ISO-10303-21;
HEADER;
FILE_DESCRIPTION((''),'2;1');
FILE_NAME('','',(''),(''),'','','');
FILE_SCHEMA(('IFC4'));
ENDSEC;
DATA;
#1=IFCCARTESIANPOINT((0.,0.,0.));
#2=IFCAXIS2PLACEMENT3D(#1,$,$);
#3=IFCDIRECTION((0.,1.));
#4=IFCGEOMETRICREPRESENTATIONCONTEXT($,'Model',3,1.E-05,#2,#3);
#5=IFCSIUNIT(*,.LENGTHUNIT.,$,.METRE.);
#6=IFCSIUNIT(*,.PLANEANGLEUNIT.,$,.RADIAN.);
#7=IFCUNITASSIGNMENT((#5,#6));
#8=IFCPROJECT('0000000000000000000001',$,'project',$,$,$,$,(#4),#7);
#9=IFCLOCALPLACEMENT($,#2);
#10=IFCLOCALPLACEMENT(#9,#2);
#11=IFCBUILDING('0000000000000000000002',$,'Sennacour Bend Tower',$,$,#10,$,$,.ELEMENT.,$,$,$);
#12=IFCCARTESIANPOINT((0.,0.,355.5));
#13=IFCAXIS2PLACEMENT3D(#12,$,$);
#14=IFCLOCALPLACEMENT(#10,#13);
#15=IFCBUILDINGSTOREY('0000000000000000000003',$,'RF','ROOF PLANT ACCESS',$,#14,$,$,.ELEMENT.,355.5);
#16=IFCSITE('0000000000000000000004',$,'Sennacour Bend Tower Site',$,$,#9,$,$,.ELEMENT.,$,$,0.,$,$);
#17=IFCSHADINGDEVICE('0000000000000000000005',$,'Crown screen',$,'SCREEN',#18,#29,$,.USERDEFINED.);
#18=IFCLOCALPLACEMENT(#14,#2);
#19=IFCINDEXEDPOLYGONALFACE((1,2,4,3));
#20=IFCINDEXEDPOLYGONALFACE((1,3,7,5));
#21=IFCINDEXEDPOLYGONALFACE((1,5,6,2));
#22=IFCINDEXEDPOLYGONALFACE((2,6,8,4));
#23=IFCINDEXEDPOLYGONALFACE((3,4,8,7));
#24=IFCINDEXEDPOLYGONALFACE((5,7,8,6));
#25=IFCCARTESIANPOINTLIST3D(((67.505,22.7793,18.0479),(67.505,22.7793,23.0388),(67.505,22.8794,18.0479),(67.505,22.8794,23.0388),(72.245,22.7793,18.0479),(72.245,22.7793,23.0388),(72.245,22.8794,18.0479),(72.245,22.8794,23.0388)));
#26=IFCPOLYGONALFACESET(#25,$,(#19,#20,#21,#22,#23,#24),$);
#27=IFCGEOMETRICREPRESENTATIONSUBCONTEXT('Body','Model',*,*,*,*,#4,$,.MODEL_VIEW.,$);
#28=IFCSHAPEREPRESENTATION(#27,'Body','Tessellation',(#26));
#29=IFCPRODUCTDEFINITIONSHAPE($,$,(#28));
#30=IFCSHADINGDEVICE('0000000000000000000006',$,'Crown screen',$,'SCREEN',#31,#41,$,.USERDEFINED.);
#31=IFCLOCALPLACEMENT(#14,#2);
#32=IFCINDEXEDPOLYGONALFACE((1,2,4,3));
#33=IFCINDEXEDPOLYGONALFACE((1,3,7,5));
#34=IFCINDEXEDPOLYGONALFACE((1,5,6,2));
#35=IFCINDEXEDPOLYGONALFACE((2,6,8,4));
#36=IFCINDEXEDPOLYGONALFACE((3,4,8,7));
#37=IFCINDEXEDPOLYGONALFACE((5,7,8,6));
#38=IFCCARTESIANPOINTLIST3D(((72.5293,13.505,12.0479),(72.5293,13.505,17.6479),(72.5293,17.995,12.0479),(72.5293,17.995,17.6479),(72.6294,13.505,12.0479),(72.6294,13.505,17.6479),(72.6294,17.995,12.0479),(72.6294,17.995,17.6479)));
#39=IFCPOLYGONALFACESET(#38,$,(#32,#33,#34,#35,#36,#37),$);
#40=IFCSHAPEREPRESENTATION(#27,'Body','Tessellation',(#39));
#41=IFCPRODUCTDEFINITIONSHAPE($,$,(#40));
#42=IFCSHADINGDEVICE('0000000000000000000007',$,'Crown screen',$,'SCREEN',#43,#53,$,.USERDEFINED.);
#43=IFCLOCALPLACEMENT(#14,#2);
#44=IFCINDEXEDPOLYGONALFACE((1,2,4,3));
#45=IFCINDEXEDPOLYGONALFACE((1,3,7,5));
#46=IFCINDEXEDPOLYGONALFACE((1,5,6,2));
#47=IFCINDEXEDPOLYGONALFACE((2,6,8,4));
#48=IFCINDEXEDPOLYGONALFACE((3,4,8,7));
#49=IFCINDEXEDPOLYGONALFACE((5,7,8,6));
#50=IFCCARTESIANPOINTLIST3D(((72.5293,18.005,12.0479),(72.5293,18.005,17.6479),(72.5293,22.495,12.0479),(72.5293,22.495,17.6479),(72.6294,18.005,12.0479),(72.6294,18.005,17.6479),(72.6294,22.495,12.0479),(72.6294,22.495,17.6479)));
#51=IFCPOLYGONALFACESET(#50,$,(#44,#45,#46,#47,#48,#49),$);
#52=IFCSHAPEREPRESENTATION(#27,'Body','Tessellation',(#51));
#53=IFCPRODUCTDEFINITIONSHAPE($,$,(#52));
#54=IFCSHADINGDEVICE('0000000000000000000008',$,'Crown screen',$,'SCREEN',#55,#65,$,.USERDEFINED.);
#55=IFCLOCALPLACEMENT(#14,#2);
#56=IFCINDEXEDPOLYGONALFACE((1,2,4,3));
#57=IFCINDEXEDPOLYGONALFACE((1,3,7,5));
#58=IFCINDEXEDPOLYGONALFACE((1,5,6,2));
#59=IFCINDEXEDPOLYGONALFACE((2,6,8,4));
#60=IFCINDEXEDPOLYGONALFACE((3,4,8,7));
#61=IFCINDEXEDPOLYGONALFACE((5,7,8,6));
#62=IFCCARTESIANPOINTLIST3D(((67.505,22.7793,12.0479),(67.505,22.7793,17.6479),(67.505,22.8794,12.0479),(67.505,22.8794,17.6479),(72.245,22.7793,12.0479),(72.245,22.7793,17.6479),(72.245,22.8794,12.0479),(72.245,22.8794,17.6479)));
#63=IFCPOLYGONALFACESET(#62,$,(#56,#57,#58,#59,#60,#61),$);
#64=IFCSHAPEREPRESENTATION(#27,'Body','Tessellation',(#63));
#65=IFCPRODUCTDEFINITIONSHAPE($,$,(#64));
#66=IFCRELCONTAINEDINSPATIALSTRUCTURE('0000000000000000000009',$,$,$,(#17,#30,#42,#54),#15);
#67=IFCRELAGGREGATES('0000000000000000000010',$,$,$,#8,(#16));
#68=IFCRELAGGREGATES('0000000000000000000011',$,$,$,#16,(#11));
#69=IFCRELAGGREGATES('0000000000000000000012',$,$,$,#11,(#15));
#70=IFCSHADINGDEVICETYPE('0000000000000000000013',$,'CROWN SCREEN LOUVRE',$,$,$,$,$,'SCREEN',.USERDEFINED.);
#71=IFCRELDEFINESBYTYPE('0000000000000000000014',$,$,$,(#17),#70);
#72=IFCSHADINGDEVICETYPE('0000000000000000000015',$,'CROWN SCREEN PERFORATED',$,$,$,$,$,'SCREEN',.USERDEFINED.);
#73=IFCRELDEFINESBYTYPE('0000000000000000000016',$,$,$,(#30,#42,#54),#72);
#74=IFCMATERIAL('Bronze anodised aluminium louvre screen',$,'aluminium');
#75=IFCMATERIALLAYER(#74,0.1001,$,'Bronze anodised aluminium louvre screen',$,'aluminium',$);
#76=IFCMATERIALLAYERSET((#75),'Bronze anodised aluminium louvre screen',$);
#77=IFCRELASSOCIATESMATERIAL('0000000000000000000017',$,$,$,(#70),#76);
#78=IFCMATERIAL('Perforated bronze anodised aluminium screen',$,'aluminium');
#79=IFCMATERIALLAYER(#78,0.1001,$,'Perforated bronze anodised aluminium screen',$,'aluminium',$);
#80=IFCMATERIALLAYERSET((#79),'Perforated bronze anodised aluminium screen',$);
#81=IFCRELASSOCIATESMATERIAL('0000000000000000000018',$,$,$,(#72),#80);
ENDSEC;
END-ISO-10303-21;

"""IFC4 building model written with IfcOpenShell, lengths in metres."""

from ifc_helpers import new_model, si_unit, direction, frame, origin, origin_2d, place, context, subcontext, project, spatial, rectangle, extrude, material, layer, layer_set, type_object, element, save


model = new_model("IFC4")

# Units and contexts
model_context = context("Model", 3, precision=1e-05, world=origin(), true_north=direction((0.0, 1.0)))
body_context = subcontext(model_context, "Body", "Model", "MODEL_VIEW")
ifc_project = project(units=[si_unit("LENGTHUNIT", "METRE"), si_unit("PLANEANGLEUNIT", "RADIAN")], contexts=[model_context])

# Site, building, storey
site_placement = place(None, origin())
site = spatial("IfcSite", under=ifc_project, at=site_placement, Name="Sennacour Bend Tower Site", CompositionType="ELEMENT", RefElevation=0.0)
building_placement = place(site_placement, origin())
building = spatial("IfcBuilding", under=site, at=building_placement, Name="Sennacour Bend Tower", CompositionType="ELEMENT")
storey_placement = place(building_placement, frame((0.0, 0.0, 355.5)))
storey = spatial("IfcBuildingStorey", under=building, at=storey_placement, Name="RF", Description="ROOF PLANT ACCESS", CompositionType="ELEMENT", Elevation=355.5)

# Shading devices
ifc_material_1 = material(Name="Bronze anodised aluminium louvre screen", Category="aluminium")
ifc_layer_1 = layer(ifc_material_1, 0.1001, Name="Bronze anodised aluminium louvre screen", Category="aluminium")
ifc_layer_set_1 = layer_set([ifc_layer_1], Name="Bronze anodised aluminium louvre screen")
shading_device_type_1 = type_object("IfcShadingDeviceType", Name="CROWN SCREEN LOUVRE", ElementType="SCREEN", PredefinedType="USERDEFINED", material=ifc_layer_set_1)
shading_device_1_placement = place(storey_placement, frame((69.875, 22.8293, 18.0479), z_axis=(0.0, 0.0, 1.0), x_axis=(1.0, 0.0, 0.0)))
element("IfcShadingDevice", 1, at=shading_device_1_placement, inside=storey, type_object=shading_device_type_1, Name="Crown screen", ObjectType="SCREEN", PredefinedType="USERDEFINED", context=body_context, shape_type="SweptSolid", body=[
    extrude(rectangle(XDim=4.74, YDim=0.1001, at=origin_2d()), origin(), (0.0, 0.0, 1.0), 4.991),
])
ifc_material_2 = material(Name="Perforated bronze anodised aluminium screen", Category="aluminium")
ifc_layer_2 = layer(ifc_material_2, 0.1001, Name="Perforated bronze anodised aluminium screen", Category="aluminium")
ifc_layer_set_2 = layer_set([ifc_layer_2], Name="Perforated bronze anodised aluminium screen")
shading_device_type_2 = type_object("IfcShadingDeviceType", Name="CROWN SCREEN PERFORATED", ElementType="SCREEN", PredefinedType="USERDEFINED", material=ifc_layer_set_2)
for number, where, z_axis, x_axis, name in (
    (2, (72.5793, 15.75, 12.0479), (0.0, 0.0, 1.0), (0.0, 1.0, 0.0), "Crown screen"),
    (3, (72.5793, 20.25, 12.0479), (0.0, 0.0, 1.0), (0.0, 1.0, 0.0), "Crown screen"),
):
    element("IfcShadingDevice", number, at=place(storey_placement, frame(where, z_axis=z_axis, x_axis=x_axis)), inside=storey, type_object=shading_device_type_2, Name=name, ObjectType="SCREEN", PredefinedType="USERDEFINED", context=body_context, shape_type="SweptSolid", body=[
        extrude(rectangle(XDim=4.49, YDim=0.1001, at=origin_2d()), origin(), (0.0, 0.0, 1.0), 5.6001),
    ])
shading_device_2_placement = place(storey_placement, frame((69.875, 22.8293, 12.0479), z_axis=(0.0, 0.0, 1.0), x_axis=(1.0, 0.0, 0.0)))
element("IfcShadingDevice", 4, at=shading_device_2_placement, inside=storey, type_object=shading_device_type_2, Name="Crown screen", ObjectType="SCREEN", PredefinedType="USERDEFINED", context=body_context, shape_type="SweptSolid", body=[
    extrude(rectangle(XDim=4.74, YDim=0.1001, at=origin_2d()), origin(), (0.0, 0.0, 1.0), 5.6001),
])

save(model, "model.ifc")
